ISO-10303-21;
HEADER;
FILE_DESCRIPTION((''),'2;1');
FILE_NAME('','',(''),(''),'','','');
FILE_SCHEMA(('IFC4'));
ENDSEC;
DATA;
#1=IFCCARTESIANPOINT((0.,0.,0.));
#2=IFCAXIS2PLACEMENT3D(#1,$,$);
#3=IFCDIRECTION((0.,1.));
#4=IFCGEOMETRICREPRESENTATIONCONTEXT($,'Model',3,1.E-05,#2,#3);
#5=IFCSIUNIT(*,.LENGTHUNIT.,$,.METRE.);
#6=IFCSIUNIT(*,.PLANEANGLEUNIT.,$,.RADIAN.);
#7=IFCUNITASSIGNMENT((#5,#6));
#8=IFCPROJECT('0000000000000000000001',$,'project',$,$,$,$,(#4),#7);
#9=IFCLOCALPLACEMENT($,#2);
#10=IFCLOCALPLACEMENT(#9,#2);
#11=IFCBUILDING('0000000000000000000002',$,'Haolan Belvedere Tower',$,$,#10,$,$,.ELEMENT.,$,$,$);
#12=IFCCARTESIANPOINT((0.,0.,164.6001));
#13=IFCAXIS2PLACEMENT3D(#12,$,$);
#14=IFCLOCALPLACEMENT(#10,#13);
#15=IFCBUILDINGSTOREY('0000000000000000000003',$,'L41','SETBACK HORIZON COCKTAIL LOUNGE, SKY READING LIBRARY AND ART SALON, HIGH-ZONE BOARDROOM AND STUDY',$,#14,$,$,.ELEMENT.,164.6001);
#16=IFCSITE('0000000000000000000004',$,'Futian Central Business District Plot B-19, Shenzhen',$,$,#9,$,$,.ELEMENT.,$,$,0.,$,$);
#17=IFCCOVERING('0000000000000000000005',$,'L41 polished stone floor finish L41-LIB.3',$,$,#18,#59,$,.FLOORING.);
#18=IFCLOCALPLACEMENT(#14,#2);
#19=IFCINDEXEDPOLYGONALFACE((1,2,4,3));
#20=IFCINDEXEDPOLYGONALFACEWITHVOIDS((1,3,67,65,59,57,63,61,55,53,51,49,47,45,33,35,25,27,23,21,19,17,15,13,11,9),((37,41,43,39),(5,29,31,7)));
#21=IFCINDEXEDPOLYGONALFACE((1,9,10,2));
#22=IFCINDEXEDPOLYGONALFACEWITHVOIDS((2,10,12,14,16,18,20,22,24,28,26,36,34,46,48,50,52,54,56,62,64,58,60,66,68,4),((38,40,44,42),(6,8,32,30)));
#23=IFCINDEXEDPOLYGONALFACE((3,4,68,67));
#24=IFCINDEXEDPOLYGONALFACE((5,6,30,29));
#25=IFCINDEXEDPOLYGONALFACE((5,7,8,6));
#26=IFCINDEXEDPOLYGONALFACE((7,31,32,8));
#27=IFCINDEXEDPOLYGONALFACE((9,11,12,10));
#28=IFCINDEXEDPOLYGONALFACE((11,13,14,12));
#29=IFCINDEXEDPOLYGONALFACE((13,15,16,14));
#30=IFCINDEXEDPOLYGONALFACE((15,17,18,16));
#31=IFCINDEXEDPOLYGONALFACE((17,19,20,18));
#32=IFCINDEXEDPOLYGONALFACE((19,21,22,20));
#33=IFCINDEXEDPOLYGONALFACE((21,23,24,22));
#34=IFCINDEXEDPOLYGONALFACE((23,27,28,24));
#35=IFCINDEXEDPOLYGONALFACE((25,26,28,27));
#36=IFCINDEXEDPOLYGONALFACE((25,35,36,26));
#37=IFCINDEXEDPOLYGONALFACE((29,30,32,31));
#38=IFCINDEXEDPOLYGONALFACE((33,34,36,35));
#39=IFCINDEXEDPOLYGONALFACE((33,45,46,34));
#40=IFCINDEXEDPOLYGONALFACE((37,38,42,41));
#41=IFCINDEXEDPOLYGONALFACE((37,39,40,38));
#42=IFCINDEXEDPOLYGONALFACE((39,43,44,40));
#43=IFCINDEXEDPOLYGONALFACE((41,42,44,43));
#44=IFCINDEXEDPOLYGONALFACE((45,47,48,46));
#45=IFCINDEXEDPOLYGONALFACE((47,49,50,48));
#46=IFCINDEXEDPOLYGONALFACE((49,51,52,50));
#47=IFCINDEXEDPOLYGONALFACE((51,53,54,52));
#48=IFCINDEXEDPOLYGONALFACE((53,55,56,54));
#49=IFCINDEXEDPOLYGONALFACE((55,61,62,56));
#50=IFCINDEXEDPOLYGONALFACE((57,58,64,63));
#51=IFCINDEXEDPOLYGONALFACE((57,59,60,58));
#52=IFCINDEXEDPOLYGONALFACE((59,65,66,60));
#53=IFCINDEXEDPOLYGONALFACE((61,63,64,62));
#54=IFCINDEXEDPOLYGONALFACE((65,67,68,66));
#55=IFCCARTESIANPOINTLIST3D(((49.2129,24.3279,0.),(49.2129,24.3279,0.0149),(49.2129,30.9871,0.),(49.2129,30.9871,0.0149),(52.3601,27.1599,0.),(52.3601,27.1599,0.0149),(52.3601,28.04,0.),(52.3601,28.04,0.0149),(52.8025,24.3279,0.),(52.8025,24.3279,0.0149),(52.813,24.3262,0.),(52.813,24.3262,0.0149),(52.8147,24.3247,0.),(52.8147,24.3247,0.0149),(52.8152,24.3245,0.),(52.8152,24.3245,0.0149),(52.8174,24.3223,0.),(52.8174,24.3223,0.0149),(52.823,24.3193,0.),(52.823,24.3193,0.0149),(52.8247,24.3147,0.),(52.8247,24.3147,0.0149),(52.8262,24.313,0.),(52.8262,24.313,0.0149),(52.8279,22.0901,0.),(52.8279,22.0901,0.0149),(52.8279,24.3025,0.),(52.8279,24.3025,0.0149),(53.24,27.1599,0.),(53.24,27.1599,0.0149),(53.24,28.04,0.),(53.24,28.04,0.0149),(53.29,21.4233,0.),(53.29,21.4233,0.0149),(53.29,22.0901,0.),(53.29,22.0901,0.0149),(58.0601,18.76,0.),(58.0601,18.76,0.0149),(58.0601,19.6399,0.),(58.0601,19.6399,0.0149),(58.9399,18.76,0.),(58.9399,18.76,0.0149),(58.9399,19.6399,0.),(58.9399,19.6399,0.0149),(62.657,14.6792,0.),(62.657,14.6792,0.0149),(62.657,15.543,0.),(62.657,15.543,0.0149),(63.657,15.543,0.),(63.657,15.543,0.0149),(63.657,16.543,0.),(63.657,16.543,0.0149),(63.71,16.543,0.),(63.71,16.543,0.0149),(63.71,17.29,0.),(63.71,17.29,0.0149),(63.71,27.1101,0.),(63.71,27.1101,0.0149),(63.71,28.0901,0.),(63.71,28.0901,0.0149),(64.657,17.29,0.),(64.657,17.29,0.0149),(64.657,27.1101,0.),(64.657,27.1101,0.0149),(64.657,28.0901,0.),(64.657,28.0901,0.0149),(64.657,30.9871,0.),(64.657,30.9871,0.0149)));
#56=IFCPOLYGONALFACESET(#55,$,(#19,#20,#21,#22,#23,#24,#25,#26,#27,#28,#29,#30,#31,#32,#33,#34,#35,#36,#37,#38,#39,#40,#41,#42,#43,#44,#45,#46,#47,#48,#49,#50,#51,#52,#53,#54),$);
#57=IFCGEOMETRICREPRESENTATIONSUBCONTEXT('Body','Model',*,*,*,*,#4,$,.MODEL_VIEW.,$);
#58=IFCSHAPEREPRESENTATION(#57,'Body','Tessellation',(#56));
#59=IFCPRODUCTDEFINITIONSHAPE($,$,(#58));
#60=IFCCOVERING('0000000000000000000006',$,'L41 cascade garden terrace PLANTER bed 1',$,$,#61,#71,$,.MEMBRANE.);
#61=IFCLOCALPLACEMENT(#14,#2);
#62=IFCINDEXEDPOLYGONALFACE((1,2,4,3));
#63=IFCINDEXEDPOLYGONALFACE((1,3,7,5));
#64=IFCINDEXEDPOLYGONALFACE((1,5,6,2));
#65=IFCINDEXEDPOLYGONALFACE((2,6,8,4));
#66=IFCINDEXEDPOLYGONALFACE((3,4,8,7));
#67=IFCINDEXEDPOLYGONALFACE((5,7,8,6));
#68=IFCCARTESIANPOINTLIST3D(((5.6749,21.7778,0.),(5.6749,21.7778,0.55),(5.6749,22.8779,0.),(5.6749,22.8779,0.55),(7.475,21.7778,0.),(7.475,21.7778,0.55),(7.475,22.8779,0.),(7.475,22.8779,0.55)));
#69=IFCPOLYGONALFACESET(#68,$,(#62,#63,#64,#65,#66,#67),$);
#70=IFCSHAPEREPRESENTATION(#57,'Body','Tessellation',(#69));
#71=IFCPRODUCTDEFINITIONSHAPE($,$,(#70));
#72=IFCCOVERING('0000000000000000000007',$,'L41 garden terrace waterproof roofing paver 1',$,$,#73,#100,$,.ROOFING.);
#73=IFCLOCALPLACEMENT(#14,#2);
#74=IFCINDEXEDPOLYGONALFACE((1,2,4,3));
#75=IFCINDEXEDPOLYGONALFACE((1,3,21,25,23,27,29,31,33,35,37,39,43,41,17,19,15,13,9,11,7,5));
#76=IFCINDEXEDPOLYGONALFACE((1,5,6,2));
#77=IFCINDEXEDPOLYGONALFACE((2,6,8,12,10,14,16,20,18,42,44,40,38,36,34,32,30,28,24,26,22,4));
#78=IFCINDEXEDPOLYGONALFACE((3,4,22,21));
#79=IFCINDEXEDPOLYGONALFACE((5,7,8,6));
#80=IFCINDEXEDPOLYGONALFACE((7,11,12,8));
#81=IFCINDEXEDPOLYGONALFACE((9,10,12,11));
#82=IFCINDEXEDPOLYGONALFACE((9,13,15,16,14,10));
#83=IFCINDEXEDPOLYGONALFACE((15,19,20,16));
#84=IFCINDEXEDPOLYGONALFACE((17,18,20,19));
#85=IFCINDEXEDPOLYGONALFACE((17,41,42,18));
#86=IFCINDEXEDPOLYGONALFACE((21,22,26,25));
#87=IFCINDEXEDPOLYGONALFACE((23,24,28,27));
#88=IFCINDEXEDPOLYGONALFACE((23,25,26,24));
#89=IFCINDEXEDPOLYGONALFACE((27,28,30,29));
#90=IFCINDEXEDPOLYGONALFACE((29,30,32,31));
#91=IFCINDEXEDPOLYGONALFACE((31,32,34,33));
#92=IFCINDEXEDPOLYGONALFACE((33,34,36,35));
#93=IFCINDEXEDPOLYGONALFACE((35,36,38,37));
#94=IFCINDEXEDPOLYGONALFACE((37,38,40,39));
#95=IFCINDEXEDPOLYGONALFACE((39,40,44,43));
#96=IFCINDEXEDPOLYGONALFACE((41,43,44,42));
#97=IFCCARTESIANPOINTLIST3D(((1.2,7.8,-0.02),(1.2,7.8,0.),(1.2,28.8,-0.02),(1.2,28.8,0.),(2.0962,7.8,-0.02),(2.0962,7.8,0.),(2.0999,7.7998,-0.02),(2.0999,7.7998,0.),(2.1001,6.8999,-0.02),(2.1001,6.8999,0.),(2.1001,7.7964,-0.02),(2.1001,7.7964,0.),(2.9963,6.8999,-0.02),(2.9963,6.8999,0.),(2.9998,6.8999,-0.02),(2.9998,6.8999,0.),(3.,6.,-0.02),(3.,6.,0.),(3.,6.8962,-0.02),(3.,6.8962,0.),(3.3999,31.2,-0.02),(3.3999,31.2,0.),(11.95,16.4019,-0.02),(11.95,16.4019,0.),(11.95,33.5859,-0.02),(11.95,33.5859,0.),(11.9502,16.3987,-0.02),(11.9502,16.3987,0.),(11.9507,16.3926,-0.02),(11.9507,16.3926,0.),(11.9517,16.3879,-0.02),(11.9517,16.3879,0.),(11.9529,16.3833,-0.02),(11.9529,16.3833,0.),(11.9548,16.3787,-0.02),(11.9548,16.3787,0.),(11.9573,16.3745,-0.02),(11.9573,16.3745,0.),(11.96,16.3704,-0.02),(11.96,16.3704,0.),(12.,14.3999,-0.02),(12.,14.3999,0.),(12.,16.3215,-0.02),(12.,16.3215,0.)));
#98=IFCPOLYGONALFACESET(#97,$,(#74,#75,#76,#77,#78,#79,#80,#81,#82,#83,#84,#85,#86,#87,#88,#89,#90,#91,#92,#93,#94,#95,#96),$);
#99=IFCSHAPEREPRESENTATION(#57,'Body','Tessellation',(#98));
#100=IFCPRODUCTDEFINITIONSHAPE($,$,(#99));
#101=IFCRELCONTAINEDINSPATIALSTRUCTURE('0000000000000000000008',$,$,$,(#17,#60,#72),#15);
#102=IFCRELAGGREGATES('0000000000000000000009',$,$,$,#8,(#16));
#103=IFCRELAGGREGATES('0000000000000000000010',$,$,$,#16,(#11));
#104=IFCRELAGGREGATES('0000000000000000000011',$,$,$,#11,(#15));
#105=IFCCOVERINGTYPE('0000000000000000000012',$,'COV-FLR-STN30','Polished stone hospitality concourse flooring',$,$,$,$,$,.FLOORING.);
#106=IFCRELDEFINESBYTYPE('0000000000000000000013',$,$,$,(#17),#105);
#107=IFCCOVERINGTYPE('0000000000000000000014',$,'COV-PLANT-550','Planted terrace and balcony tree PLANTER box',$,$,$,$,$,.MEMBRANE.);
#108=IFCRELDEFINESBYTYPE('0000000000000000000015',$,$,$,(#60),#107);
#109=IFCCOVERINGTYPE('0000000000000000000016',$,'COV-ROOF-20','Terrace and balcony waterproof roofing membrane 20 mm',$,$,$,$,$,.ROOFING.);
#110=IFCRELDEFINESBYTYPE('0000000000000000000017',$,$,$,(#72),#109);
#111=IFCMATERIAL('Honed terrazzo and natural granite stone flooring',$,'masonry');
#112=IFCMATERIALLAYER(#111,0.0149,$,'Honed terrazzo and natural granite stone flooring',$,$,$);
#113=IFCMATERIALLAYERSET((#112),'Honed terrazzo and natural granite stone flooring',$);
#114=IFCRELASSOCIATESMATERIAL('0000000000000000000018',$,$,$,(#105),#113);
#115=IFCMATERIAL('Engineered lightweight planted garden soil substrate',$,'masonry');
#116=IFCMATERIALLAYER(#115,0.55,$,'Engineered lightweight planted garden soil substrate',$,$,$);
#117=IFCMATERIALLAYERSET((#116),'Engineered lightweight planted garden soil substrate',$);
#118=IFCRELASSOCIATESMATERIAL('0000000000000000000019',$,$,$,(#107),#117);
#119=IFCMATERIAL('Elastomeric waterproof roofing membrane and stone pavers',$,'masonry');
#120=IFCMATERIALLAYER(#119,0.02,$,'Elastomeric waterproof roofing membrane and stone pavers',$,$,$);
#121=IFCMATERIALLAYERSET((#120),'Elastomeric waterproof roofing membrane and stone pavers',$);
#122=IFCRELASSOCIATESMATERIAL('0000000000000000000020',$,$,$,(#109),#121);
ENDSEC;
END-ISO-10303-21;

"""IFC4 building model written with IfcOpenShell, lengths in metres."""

from ifc_helpers import new_model, si_unit, direction, frame, origin, origin_2d, place, context, subcontext, project, spatial, polyline, rectangle, outline, extrude, material, layer, layer_set, type_object, element, save


model = new_model("IFC4")

# Units and contexts
model_context = context("Model", 3, precision=1e-05, world=origin(), true_north=direction((0.0, 1.0)))
body_context = subcontext(model_context, "Body", "Model", "MODEL_VIEW")
ifc_project = project(units=[si_unit("LENGTHUNIT", "METRE"), si_unit("PLANEANGLEUNIT", "RADIAN")], contexts=[model_context])

# Site, building, storey
site_placement = place(None, origin())
site = spatial("IfcSite", under=ifc_project, at=site_placement, Name="Futian Central Business District Plot B-19, Shenzhen", CompositionType="ELEMENT", RefElevation=0.0)
building_placement = place(site_placement, origin())
building = spatial("IfcBuilding", under=site, at=building_placement, Name="Haolan Belvedere Tower", CompositionType="ELEMENT")
storey_placement = place(building_placement, frame((0.0, 0.0, 164.6001)))
storey = spatial("IfcBuildingStorey", under=building, at=storey_placement, Name="L41", Description="SETBACK HORIZON COCKTAIL LOUNGE, SKY READING LIBRARY AND ART SALON, HIGH-ZONE BOARDROOM AND STUDY", CompositionType="ELEMENT", Elevation=164.6001)

# Coverings
ifc_material_1 = material(Name="Honed terrazzo and natural granite stone flooring", Category="masonry")
ifc_layer_1 = layer(ifc_material_1, 0.0149, Name="Honed terrazzo and natural granite stone flooring")
ifc_layer_set_1 = layer_set([ifc_layer_1], Name="Honed terrazzo and natural granite stone flooring")
covering_type_1 = type_object("IfcCoveringType", Name="COV-FLR-STN30", Description="Polished stone hospitality concourse flooring", PredefinedType="FLOORING", material=ifc_layer_set_1)
covering_1_placement = place(storey_placement, origin())
element("IfcCovering", 1, at=covering_1_placement, inside=storey, type_object=covering_type_1, Name="L41 polished stone floor finish L41-LIB.3", PredefinedType="FLOORING", context=body_context, shape_type="SweptSolid", body=[
    extrude(outline(polyline([(52.8147, 24.3247), (52.8152, 24.3245), (52.8174, 24.3223), (52.823, 24.3193), (52.8247, 24.3147), (52.8262, 24.313), (52.8279, 24.3025), (52.8279, 22.0901), (53.29, 22.0901), (53.29, 21.4233), (62.657, 14.6792), (62.657, 15.543), (63.657, 15.543), (63.657, 16.543), (63.71, 16.543), (63.71, 17.29), (64.657, 17.29), (64.657, 27.1101), (63.71, 27.1101), (63.71, 28.0901), (64.657, 28.0901), (64.657, 30.9871), (49.2129, 30.9871), (49.2129, 24.3279), (52.8025, 24.3279), (52.813, 24.3262), (52.8147, 24.3247)]), holes=[polyline([(58.0601, 19.6399), (58.9399, 19.6399), (58.9399, 18.76), (58.0601, 18.76), (58.0601, 19.6399)]), polyline([(52.3601, 28.04), (53.24, 28.04), (53.24, 27.1599), (52.3601, 27.1599), (52.3601, 28.04)])]), origin(), (0.0, 0.0, 1.0), 0.0149),
])
ifc_material_2 = material(Name="Engineered lightweight planted garden soil substrate", Category="masonry")
ifc_layer_2 = layer(ifc_material_2, 0.55, Name="Engineered lightweight planted garden soil substrate")
ifc_layer_set_2 = layer_set([ifc_layer_2], Name="Engineered lightweight planted garden soil substrate")
covering_type_2 = type_object("IfcCoveringType", Name="COV-PLANT-550", Description="Planted terrace and balcony tree PLANTER box", PredefinedType="MEMBRANE", material=ifc_layer_set_2)
covering_2_placement = place(storey_placement, frame((6.575, 22.3279, 0.0), z_axis=(0.0, 0.0, 1.0), x_axis=(1.0, 0.0, 0.0)))
element("IfcCovering", 2, at=covering_2_placement, inside=storey, type_object=covering_type_2, Name="L41 cascade garden terrace PLANTER bed 1", PredefinedType="MEMBRANE", context=body_context, shape_type="SweptSolid", body=[
    extrude(rectangle(XDim=1.8, YDim=1.1001, at=origin_2d()), origin(), (0.0, 0.0, 1.0), 0.55),
])
ifc_material_3 = material(Name="Elastomeric waterproof roofing membrane and stone pavers", Category="masonry")
ifc_layer_3 = layer(ifc_material_3, 0.02, Name="Elastomeric waterproof roofing membrane and stone pavers")
ifc_layer_set_3 = layer_set([ifc_layer_3], Name="Elastomeric waterproof roofing membrane and stone pavers")
covering_type_3 = type_object("IfcCoveringType", Name="COV-ROOF-20", Description="Terrace and balcony waterproof roofing membrane 20 mm", PredefinedType="ROOFING", material=ifc_layer_set_3)
covering_3_placement = place(storey_placement, frame((0.0, 0.0, -0.02)))
element("IfcCovering", 3, at=covering_3_placement, inside=storey, type_object=covering_type_3, Name="L41 garden terrace waterproof roofing paver 1", PredefinedType="ROOFING", context=body_context, shape_type="SweptSolid", body=[
    extrude(outline(polyline([(2.1001, 7.7964), (2.1001, 6.8999), (2.9963, 6.8999), (2.9998, 6.8999), (3.0, 6.8962), (3.0, 6.0), (12.0, 14.3999), (12.0, 16.3215), (11.96, 16.3704), (11.9573, 16.3745), (11.9548, 16.3787), (11.9529, 16.3833), (11.9517, 16.3879), (11.9507, 16.3926), (11.9502, 16.3987), (11.95, 16.4019), (11.95, 33.5859), (3.3999, 31.2), (1.2, 28.8), (1.2, 7.8), (2.0962, 7.8), (2.0999, 7.7998), (2.1001, 7.7964)])), origin(), (0.0, 0.0, 1.0), 0.02),
])

save(model, "model.ifc")
